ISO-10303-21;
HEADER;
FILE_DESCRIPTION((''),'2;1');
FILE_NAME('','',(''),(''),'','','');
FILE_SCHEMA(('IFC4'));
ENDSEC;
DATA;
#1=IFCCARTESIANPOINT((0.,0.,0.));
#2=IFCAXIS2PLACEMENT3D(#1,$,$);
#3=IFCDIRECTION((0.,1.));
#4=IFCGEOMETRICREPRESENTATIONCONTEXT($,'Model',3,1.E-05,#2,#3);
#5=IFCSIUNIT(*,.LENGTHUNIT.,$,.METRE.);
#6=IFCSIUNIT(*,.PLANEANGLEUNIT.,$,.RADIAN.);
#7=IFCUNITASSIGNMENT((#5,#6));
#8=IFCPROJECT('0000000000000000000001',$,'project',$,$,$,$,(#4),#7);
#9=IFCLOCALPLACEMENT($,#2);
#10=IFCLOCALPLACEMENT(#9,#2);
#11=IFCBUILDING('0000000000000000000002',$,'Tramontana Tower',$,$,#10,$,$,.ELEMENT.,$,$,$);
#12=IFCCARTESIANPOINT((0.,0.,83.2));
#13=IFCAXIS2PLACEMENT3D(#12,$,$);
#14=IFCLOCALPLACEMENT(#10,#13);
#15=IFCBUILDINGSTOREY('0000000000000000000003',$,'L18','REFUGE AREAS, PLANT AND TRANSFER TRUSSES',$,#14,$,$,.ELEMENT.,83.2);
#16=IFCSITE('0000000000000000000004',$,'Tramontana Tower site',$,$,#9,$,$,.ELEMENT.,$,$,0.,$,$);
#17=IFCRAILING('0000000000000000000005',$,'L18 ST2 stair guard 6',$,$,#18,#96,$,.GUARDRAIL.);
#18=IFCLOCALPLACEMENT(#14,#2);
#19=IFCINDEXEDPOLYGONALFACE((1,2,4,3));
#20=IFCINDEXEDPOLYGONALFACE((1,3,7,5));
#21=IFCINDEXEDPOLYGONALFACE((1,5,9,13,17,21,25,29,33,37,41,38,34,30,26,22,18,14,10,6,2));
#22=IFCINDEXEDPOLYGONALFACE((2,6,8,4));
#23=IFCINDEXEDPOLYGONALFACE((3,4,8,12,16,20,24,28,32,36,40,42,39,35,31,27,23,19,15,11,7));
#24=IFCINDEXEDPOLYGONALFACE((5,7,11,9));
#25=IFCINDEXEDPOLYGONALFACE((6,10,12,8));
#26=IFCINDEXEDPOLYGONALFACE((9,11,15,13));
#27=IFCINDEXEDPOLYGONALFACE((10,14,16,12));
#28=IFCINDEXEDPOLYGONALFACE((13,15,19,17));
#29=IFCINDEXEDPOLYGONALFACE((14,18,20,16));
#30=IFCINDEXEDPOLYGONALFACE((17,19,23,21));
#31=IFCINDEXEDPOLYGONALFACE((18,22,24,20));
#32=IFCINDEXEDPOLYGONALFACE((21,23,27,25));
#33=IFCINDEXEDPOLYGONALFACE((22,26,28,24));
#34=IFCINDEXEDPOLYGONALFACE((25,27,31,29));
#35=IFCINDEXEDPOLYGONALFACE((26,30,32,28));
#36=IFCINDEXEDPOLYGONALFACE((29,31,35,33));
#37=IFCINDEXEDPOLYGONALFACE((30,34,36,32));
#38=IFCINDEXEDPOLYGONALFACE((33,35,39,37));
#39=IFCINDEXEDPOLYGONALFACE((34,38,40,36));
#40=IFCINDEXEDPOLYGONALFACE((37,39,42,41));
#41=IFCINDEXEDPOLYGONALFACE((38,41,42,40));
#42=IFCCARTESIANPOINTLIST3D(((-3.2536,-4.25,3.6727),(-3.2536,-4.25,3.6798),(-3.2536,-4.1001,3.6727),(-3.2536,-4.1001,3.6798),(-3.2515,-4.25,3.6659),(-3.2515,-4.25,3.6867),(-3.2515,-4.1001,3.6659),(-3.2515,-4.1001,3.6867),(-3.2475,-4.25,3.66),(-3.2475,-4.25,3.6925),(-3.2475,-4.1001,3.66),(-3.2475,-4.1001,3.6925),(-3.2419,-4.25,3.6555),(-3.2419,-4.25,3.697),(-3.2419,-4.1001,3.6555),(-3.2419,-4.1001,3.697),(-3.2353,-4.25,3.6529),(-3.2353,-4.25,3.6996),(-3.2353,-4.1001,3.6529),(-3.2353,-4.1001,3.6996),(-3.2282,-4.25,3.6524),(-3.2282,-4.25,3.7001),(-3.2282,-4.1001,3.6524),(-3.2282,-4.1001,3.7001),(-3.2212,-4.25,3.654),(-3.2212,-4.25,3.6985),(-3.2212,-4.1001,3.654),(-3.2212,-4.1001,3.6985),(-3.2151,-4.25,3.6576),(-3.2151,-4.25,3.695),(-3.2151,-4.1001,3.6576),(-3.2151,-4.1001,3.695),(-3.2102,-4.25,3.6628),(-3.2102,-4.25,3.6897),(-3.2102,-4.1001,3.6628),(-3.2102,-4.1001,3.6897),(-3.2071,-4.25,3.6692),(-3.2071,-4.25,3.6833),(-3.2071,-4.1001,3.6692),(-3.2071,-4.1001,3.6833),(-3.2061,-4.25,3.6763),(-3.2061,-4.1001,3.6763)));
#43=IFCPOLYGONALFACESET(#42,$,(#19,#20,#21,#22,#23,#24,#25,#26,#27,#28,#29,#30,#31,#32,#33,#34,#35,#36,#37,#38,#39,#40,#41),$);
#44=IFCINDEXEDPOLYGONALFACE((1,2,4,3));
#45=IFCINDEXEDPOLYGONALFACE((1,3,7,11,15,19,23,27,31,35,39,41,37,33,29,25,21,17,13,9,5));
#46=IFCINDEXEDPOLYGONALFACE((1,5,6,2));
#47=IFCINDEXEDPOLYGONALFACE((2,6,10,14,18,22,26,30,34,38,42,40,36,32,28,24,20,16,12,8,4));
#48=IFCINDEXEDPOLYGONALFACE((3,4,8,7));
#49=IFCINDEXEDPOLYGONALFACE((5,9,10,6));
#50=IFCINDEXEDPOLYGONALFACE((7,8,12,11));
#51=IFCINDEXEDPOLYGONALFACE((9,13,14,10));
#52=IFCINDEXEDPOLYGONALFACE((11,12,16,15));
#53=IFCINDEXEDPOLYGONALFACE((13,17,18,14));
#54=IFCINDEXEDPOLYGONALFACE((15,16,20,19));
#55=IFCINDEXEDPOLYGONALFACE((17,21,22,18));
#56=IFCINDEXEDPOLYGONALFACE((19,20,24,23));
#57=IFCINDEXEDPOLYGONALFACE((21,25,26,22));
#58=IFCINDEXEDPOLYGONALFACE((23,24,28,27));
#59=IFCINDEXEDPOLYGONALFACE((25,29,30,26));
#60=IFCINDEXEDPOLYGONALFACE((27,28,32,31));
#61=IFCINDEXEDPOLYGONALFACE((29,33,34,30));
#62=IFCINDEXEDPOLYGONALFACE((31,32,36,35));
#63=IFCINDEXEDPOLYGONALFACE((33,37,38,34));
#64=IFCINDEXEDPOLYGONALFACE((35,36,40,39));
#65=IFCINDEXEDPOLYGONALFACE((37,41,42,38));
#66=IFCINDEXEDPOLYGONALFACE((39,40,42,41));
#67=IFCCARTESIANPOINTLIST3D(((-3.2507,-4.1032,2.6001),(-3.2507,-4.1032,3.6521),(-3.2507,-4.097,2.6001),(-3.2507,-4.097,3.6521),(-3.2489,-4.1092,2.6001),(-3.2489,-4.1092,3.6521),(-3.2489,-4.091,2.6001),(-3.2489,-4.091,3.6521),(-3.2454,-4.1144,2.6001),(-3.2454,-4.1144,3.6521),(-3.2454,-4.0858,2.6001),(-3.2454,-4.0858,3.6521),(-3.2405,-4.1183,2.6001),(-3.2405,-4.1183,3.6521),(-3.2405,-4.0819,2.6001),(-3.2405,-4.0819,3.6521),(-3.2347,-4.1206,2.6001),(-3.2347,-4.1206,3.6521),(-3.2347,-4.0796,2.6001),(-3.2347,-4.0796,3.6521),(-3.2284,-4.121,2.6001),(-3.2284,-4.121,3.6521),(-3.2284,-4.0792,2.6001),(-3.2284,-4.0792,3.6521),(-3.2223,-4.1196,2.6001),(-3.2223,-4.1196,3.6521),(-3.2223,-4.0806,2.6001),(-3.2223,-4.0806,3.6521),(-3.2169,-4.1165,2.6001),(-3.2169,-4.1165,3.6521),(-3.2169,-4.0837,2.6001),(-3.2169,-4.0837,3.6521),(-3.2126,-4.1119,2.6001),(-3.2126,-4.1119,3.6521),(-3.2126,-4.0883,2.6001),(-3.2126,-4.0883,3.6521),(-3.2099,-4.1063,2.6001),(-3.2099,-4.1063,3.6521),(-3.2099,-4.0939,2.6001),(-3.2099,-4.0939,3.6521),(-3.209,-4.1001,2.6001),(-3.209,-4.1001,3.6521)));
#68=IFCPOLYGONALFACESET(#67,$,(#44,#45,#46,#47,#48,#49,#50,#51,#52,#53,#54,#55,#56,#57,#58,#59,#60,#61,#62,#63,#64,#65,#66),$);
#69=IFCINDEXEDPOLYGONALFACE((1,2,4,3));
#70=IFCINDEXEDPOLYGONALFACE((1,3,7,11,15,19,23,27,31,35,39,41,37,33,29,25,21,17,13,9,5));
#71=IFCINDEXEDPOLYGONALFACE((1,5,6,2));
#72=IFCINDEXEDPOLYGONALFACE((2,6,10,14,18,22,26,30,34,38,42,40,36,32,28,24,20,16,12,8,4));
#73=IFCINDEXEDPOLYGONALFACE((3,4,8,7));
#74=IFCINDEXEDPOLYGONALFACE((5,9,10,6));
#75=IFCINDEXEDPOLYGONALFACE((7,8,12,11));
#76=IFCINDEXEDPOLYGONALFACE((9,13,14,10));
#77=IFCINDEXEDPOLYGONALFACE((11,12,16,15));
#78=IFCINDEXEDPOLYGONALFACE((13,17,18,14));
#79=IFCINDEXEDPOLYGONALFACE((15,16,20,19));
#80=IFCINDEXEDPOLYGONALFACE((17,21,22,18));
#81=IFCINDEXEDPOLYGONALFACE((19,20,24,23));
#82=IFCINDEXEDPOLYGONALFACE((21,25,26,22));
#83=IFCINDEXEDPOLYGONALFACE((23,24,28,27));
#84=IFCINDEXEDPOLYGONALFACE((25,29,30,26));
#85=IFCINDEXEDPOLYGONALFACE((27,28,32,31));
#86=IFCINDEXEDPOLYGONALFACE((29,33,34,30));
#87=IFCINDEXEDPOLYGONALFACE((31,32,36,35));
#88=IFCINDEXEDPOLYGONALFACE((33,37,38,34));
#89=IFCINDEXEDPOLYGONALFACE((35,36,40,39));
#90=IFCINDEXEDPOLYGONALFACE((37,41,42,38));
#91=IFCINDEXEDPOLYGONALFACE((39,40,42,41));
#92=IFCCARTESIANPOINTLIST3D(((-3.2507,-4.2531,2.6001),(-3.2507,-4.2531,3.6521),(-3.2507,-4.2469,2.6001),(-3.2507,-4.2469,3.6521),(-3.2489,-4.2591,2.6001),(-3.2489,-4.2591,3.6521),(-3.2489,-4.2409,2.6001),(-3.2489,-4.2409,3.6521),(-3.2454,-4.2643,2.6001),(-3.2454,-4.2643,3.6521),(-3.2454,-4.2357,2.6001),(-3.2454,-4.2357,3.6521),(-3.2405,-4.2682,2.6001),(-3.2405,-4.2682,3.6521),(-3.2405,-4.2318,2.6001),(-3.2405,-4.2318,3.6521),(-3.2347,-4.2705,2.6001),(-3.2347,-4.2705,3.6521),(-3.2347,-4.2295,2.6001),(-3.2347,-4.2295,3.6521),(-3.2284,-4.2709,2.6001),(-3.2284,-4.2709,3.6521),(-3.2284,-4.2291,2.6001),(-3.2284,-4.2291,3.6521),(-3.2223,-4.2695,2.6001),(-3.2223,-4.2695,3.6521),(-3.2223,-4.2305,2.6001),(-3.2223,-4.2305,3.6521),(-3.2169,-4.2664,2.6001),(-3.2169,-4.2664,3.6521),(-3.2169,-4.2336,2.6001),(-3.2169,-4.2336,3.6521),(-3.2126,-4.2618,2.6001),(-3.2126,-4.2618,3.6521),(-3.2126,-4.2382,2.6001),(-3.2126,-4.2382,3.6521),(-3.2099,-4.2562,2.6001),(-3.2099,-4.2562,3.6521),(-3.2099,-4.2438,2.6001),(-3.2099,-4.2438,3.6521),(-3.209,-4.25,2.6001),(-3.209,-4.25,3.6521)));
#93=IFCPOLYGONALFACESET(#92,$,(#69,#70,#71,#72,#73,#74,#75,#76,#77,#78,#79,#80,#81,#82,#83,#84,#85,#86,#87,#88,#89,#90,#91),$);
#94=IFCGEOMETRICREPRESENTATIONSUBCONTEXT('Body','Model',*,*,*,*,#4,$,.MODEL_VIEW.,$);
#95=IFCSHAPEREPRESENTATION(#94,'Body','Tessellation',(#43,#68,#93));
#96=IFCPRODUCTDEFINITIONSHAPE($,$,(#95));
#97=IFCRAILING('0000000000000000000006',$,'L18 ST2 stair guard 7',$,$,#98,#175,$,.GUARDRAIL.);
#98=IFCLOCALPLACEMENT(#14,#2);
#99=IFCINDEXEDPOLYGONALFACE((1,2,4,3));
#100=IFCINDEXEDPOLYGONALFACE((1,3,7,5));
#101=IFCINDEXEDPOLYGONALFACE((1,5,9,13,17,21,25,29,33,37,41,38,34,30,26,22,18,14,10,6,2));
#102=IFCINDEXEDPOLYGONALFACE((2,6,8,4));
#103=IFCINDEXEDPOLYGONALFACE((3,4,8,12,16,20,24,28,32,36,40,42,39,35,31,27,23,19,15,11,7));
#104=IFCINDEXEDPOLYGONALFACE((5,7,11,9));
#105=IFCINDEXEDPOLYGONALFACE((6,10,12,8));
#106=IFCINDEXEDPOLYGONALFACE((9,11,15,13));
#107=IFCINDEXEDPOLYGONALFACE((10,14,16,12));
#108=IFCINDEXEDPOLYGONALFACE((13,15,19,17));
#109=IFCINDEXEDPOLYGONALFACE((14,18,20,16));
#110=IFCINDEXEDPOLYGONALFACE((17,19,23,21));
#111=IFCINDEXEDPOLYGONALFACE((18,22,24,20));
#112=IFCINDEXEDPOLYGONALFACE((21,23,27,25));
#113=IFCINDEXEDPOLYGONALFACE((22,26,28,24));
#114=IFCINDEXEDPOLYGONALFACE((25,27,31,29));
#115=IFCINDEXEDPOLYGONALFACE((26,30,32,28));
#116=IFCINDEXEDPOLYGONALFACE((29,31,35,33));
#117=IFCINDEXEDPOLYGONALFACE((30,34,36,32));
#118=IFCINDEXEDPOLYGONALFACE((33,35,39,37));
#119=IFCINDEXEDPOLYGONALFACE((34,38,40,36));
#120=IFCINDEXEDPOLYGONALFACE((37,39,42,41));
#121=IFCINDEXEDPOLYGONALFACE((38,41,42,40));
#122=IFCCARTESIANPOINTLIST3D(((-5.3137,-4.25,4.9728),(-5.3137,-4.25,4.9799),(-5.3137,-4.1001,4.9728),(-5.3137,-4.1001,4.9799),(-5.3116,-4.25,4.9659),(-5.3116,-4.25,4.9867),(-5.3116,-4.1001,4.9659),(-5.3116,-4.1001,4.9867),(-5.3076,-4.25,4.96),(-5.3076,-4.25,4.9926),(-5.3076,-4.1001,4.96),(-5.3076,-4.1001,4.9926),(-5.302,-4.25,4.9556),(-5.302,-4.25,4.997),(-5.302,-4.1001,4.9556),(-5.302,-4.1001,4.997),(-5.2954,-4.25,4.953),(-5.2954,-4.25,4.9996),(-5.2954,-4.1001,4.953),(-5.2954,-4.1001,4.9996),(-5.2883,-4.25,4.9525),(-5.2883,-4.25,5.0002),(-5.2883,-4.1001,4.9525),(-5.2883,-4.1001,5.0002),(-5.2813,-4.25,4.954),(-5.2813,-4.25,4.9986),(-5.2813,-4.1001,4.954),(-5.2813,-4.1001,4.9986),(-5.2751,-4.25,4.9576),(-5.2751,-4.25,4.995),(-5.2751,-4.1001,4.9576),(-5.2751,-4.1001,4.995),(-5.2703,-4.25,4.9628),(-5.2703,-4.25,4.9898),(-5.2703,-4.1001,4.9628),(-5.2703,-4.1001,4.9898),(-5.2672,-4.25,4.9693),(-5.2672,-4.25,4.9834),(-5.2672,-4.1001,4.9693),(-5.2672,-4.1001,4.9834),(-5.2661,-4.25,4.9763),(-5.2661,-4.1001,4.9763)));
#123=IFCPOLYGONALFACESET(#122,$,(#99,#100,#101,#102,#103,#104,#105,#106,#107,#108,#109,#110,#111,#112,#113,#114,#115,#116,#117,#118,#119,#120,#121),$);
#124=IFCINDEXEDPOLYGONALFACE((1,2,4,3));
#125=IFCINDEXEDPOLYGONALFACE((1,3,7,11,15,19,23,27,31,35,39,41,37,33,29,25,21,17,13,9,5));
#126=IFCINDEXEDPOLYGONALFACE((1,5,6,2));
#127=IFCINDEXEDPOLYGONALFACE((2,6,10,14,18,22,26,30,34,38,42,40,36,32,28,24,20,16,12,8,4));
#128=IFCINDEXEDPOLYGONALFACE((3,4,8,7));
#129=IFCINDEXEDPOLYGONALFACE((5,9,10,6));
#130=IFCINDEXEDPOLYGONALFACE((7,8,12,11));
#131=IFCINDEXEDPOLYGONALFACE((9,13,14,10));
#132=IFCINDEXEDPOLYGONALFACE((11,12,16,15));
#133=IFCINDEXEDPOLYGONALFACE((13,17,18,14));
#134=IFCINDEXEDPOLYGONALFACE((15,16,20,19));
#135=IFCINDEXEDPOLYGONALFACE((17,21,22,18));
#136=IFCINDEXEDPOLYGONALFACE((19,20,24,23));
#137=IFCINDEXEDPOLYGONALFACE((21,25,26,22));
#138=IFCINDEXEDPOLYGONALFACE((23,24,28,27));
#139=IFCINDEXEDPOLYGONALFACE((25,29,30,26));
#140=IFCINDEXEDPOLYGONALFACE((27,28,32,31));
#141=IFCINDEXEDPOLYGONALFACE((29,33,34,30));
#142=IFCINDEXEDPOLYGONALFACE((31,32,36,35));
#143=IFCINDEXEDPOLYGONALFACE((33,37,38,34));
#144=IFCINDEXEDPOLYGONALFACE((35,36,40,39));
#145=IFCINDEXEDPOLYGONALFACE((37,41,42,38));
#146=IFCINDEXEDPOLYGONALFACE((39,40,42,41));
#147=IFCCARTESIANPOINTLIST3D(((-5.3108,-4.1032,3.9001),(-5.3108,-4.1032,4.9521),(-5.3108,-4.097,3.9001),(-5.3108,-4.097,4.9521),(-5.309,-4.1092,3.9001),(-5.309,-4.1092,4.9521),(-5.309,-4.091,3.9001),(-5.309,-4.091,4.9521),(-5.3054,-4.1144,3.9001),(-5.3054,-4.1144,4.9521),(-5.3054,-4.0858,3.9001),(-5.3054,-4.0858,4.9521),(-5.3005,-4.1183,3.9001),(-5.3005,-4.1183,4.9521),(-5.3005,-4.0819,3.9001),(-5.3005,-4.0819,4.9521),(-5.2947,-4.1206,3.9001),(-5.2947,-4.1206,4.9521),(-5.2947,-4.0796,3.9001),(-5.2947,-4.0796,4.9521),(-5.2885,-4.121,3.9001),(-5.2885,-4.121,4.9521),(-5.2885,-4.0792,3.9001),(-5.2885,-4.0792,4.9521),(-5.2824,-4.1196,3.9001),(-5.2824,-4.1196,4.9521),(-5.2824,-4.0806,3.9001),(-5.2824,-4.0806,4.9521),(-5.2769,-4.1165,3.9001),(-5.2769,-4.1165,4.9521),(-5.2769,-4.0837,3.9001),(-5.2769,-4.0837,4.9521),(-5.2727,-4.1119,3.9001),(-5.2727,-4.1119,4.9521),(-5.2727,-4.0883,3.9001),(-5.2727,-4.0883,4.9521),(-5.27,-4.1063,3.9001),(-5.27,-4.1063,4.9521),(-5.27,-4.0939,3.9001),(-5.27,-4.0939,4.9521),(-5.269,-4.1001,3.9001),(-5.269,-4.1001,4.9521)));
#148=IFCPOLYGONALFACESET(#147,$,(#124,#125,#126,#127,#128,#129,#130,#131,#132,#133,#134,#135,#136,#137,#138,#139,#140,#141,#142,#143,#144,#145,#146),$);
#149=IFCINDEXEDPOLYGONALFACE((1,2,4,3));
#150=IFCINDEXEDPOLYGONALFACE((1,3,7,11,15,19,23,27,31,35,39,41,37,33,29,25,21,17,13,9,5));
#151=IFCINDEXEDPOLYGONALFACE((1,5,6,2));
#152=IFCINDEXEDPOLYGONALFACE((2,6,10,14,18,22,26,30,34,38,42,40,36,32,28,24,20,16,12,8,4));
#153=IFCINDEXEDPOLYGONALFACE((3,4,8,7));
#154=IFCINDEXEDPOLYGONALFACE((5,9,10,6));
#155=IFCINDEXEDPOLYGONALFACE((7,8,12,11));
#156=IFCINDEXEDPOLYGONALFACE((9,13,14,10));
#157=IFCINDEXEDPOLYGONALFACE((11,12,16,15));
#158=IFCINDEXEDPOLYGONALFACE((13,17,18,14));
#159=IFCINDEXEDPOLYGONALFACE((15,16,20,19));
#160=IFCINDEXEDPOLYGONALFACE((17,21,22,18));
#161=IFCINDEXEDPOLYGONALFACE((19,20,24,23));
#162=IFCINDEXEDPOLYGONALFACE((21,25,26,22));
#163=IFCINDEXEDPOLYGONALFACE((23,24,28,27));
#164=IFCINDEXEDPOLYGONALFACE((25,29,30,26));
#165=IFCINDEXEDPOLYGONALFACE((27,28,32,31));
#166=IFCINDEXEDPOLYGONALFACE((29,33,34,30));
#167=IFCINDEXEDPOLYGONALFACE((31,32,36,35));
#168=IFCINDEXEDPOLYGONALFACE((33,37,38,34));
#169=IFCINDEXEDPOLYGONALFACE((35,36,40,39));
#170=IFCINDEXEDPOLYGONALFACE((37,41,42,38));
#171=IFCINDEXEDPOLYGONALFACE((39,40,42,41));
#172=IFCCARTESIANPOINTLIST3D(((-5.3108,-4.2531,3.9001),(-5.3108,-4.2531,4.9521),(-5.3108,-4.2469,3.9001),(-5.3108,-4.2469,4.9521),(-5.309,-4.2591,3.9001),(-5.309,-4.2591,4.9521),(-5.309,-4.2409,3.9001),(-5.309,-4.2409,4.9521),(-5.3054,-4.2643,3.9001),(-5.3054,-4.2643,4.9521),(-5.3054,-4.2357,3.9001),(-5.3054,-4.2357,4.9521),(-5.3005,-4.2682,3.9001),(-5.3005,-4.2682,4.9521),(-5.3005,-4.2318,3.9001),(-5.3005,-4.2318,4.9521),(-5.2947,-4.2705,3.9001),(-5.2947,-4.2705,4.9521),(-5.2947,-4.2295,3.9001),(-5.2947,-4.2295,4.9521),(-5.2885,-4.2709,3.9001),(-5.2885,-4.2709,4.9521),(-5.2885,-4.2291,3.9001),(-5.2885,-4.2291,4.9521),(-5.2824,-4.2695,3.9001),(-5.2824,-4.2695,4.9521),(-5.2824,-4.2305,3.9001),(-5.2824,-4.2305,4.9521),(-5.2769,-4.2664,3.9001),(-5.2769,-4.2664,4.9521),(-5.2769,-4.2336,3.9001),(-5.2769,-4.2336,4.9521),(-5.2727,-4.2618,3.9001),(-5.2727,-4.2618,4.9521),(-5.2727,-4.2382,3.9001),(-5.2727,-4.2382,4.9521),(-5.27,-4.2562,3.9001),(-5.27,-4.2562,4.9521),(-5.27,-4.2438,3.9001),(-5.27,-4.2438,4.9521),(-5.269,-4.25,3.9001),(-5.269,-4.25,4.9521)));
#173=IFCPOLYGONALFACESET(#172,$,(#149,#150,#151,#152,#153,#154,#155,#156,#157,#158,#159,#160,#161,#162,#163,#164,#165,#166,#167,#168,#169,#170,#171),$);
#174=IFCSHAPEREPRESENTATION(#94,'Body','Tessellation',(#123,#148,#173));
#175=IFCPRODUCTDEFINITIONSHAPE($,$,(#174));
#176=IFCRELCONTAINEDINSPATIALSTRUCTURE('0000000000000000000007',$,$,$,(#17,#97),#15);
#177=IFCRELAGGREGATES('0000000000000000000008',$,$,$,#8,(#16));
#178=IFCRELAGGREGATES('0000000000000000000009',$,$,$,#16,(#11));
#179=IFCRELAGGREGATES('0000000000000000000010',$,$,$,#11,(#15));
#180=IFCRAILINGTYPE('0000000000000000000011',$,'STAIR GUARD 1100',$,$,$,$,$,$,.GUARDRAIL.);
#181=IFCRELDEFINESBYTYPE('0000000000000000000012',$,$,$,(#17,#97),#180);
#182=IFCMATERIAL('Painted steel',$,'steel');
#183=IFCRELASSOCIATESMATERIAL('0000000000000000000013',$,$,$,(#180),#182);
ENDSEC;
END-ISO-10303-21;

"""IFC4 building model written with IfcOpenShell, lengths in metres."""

from ifc_helpers import new_model, si_unit, direction, frame, origin, origin_2d, place, context, subcontext, project, spatial, circle, extrude, material, type_object, element, save


model = new_model("IFC4")

# Units and contexts
model_context = context("Model", 3, precision=1e-05, world=origin(), true_north=direction((0.0, 1.0)))
body_context = subcontext(model_context, "Body", "Model", "MODEL_VIEW")
ifc_project = project(units=[si_unit("LENGTHUNIT", "METRE"), si_unit("PLANEANGLEUNIT", "RADIAN")], contexts=[model_context])

# Site, building, storey
site_placement = place(None, origin())
site = spatial("IfcSite", under=ifc_project, at=site_placement, Name="Tramontana Tower site", CompositionType="ELEMENT", RefElevation=0.0)
building_placement = place(site_placement, origin())
building = spatial("IfcBuilding", under=site, at=building_placement, Name="Tramontana Tower", CompositionType="ELEMENT")
storey_placement = place(building_placement, frame((0.0, 0.0, 83.2)))
storey = spatial("IfcBuildingStorey", under=building, at=storey_placement, Name="L18", Description="REFUGE AREAS, PLANT AND TRANSFER TRUSSES", CompositionType="ELEMENT", Elevation=83.2)

# Railings
ifc_material_1 = material(Name="Painted steel", Category="steel")
railing_type_1 = type_object("IfcRailingType", Name="STAIR GUARD 1100", PredefinedType="GUARDRAIL", material=ifc_material_1)
for number, where, name in (
    (1, (-3.23, -4.1001, 2.6001), "L18 ST2 stair guard 6"),
    (2, (-5.29, -4.1001, 3.9001), "L18 ST2 stair guard 7"),
):
    element("IfcRailing", number, at=place(storey_placement, frame(where)), inside=storey, type_object=railing_type_1, Name=name, PredefinedType="GUARDRAIL", context=body_context, shape_type="SweptSolid", body=[
        extrude(circle(Radius=0.0239, at=origin_2d()), frame((0.0, 0.0, 1.0762), z_axis=(0.0, -1.0, 0.0), x_axis=(1.0, 0.0, 0.0)), (0.0, 0.0, 1.0), 0.1499),
        extrude(circle(Radius=0.021, at=origin_2d()), origin(), (0.0, 0.0, 1.0), 1.052),
        extrude(circle(Radius=0.021, at=origin_2d()), frame((0.0, -0.1499, 0.0)), (0.0, 0.0, 1.0), 1.052),
    ])

save(model, "model.ifc")
